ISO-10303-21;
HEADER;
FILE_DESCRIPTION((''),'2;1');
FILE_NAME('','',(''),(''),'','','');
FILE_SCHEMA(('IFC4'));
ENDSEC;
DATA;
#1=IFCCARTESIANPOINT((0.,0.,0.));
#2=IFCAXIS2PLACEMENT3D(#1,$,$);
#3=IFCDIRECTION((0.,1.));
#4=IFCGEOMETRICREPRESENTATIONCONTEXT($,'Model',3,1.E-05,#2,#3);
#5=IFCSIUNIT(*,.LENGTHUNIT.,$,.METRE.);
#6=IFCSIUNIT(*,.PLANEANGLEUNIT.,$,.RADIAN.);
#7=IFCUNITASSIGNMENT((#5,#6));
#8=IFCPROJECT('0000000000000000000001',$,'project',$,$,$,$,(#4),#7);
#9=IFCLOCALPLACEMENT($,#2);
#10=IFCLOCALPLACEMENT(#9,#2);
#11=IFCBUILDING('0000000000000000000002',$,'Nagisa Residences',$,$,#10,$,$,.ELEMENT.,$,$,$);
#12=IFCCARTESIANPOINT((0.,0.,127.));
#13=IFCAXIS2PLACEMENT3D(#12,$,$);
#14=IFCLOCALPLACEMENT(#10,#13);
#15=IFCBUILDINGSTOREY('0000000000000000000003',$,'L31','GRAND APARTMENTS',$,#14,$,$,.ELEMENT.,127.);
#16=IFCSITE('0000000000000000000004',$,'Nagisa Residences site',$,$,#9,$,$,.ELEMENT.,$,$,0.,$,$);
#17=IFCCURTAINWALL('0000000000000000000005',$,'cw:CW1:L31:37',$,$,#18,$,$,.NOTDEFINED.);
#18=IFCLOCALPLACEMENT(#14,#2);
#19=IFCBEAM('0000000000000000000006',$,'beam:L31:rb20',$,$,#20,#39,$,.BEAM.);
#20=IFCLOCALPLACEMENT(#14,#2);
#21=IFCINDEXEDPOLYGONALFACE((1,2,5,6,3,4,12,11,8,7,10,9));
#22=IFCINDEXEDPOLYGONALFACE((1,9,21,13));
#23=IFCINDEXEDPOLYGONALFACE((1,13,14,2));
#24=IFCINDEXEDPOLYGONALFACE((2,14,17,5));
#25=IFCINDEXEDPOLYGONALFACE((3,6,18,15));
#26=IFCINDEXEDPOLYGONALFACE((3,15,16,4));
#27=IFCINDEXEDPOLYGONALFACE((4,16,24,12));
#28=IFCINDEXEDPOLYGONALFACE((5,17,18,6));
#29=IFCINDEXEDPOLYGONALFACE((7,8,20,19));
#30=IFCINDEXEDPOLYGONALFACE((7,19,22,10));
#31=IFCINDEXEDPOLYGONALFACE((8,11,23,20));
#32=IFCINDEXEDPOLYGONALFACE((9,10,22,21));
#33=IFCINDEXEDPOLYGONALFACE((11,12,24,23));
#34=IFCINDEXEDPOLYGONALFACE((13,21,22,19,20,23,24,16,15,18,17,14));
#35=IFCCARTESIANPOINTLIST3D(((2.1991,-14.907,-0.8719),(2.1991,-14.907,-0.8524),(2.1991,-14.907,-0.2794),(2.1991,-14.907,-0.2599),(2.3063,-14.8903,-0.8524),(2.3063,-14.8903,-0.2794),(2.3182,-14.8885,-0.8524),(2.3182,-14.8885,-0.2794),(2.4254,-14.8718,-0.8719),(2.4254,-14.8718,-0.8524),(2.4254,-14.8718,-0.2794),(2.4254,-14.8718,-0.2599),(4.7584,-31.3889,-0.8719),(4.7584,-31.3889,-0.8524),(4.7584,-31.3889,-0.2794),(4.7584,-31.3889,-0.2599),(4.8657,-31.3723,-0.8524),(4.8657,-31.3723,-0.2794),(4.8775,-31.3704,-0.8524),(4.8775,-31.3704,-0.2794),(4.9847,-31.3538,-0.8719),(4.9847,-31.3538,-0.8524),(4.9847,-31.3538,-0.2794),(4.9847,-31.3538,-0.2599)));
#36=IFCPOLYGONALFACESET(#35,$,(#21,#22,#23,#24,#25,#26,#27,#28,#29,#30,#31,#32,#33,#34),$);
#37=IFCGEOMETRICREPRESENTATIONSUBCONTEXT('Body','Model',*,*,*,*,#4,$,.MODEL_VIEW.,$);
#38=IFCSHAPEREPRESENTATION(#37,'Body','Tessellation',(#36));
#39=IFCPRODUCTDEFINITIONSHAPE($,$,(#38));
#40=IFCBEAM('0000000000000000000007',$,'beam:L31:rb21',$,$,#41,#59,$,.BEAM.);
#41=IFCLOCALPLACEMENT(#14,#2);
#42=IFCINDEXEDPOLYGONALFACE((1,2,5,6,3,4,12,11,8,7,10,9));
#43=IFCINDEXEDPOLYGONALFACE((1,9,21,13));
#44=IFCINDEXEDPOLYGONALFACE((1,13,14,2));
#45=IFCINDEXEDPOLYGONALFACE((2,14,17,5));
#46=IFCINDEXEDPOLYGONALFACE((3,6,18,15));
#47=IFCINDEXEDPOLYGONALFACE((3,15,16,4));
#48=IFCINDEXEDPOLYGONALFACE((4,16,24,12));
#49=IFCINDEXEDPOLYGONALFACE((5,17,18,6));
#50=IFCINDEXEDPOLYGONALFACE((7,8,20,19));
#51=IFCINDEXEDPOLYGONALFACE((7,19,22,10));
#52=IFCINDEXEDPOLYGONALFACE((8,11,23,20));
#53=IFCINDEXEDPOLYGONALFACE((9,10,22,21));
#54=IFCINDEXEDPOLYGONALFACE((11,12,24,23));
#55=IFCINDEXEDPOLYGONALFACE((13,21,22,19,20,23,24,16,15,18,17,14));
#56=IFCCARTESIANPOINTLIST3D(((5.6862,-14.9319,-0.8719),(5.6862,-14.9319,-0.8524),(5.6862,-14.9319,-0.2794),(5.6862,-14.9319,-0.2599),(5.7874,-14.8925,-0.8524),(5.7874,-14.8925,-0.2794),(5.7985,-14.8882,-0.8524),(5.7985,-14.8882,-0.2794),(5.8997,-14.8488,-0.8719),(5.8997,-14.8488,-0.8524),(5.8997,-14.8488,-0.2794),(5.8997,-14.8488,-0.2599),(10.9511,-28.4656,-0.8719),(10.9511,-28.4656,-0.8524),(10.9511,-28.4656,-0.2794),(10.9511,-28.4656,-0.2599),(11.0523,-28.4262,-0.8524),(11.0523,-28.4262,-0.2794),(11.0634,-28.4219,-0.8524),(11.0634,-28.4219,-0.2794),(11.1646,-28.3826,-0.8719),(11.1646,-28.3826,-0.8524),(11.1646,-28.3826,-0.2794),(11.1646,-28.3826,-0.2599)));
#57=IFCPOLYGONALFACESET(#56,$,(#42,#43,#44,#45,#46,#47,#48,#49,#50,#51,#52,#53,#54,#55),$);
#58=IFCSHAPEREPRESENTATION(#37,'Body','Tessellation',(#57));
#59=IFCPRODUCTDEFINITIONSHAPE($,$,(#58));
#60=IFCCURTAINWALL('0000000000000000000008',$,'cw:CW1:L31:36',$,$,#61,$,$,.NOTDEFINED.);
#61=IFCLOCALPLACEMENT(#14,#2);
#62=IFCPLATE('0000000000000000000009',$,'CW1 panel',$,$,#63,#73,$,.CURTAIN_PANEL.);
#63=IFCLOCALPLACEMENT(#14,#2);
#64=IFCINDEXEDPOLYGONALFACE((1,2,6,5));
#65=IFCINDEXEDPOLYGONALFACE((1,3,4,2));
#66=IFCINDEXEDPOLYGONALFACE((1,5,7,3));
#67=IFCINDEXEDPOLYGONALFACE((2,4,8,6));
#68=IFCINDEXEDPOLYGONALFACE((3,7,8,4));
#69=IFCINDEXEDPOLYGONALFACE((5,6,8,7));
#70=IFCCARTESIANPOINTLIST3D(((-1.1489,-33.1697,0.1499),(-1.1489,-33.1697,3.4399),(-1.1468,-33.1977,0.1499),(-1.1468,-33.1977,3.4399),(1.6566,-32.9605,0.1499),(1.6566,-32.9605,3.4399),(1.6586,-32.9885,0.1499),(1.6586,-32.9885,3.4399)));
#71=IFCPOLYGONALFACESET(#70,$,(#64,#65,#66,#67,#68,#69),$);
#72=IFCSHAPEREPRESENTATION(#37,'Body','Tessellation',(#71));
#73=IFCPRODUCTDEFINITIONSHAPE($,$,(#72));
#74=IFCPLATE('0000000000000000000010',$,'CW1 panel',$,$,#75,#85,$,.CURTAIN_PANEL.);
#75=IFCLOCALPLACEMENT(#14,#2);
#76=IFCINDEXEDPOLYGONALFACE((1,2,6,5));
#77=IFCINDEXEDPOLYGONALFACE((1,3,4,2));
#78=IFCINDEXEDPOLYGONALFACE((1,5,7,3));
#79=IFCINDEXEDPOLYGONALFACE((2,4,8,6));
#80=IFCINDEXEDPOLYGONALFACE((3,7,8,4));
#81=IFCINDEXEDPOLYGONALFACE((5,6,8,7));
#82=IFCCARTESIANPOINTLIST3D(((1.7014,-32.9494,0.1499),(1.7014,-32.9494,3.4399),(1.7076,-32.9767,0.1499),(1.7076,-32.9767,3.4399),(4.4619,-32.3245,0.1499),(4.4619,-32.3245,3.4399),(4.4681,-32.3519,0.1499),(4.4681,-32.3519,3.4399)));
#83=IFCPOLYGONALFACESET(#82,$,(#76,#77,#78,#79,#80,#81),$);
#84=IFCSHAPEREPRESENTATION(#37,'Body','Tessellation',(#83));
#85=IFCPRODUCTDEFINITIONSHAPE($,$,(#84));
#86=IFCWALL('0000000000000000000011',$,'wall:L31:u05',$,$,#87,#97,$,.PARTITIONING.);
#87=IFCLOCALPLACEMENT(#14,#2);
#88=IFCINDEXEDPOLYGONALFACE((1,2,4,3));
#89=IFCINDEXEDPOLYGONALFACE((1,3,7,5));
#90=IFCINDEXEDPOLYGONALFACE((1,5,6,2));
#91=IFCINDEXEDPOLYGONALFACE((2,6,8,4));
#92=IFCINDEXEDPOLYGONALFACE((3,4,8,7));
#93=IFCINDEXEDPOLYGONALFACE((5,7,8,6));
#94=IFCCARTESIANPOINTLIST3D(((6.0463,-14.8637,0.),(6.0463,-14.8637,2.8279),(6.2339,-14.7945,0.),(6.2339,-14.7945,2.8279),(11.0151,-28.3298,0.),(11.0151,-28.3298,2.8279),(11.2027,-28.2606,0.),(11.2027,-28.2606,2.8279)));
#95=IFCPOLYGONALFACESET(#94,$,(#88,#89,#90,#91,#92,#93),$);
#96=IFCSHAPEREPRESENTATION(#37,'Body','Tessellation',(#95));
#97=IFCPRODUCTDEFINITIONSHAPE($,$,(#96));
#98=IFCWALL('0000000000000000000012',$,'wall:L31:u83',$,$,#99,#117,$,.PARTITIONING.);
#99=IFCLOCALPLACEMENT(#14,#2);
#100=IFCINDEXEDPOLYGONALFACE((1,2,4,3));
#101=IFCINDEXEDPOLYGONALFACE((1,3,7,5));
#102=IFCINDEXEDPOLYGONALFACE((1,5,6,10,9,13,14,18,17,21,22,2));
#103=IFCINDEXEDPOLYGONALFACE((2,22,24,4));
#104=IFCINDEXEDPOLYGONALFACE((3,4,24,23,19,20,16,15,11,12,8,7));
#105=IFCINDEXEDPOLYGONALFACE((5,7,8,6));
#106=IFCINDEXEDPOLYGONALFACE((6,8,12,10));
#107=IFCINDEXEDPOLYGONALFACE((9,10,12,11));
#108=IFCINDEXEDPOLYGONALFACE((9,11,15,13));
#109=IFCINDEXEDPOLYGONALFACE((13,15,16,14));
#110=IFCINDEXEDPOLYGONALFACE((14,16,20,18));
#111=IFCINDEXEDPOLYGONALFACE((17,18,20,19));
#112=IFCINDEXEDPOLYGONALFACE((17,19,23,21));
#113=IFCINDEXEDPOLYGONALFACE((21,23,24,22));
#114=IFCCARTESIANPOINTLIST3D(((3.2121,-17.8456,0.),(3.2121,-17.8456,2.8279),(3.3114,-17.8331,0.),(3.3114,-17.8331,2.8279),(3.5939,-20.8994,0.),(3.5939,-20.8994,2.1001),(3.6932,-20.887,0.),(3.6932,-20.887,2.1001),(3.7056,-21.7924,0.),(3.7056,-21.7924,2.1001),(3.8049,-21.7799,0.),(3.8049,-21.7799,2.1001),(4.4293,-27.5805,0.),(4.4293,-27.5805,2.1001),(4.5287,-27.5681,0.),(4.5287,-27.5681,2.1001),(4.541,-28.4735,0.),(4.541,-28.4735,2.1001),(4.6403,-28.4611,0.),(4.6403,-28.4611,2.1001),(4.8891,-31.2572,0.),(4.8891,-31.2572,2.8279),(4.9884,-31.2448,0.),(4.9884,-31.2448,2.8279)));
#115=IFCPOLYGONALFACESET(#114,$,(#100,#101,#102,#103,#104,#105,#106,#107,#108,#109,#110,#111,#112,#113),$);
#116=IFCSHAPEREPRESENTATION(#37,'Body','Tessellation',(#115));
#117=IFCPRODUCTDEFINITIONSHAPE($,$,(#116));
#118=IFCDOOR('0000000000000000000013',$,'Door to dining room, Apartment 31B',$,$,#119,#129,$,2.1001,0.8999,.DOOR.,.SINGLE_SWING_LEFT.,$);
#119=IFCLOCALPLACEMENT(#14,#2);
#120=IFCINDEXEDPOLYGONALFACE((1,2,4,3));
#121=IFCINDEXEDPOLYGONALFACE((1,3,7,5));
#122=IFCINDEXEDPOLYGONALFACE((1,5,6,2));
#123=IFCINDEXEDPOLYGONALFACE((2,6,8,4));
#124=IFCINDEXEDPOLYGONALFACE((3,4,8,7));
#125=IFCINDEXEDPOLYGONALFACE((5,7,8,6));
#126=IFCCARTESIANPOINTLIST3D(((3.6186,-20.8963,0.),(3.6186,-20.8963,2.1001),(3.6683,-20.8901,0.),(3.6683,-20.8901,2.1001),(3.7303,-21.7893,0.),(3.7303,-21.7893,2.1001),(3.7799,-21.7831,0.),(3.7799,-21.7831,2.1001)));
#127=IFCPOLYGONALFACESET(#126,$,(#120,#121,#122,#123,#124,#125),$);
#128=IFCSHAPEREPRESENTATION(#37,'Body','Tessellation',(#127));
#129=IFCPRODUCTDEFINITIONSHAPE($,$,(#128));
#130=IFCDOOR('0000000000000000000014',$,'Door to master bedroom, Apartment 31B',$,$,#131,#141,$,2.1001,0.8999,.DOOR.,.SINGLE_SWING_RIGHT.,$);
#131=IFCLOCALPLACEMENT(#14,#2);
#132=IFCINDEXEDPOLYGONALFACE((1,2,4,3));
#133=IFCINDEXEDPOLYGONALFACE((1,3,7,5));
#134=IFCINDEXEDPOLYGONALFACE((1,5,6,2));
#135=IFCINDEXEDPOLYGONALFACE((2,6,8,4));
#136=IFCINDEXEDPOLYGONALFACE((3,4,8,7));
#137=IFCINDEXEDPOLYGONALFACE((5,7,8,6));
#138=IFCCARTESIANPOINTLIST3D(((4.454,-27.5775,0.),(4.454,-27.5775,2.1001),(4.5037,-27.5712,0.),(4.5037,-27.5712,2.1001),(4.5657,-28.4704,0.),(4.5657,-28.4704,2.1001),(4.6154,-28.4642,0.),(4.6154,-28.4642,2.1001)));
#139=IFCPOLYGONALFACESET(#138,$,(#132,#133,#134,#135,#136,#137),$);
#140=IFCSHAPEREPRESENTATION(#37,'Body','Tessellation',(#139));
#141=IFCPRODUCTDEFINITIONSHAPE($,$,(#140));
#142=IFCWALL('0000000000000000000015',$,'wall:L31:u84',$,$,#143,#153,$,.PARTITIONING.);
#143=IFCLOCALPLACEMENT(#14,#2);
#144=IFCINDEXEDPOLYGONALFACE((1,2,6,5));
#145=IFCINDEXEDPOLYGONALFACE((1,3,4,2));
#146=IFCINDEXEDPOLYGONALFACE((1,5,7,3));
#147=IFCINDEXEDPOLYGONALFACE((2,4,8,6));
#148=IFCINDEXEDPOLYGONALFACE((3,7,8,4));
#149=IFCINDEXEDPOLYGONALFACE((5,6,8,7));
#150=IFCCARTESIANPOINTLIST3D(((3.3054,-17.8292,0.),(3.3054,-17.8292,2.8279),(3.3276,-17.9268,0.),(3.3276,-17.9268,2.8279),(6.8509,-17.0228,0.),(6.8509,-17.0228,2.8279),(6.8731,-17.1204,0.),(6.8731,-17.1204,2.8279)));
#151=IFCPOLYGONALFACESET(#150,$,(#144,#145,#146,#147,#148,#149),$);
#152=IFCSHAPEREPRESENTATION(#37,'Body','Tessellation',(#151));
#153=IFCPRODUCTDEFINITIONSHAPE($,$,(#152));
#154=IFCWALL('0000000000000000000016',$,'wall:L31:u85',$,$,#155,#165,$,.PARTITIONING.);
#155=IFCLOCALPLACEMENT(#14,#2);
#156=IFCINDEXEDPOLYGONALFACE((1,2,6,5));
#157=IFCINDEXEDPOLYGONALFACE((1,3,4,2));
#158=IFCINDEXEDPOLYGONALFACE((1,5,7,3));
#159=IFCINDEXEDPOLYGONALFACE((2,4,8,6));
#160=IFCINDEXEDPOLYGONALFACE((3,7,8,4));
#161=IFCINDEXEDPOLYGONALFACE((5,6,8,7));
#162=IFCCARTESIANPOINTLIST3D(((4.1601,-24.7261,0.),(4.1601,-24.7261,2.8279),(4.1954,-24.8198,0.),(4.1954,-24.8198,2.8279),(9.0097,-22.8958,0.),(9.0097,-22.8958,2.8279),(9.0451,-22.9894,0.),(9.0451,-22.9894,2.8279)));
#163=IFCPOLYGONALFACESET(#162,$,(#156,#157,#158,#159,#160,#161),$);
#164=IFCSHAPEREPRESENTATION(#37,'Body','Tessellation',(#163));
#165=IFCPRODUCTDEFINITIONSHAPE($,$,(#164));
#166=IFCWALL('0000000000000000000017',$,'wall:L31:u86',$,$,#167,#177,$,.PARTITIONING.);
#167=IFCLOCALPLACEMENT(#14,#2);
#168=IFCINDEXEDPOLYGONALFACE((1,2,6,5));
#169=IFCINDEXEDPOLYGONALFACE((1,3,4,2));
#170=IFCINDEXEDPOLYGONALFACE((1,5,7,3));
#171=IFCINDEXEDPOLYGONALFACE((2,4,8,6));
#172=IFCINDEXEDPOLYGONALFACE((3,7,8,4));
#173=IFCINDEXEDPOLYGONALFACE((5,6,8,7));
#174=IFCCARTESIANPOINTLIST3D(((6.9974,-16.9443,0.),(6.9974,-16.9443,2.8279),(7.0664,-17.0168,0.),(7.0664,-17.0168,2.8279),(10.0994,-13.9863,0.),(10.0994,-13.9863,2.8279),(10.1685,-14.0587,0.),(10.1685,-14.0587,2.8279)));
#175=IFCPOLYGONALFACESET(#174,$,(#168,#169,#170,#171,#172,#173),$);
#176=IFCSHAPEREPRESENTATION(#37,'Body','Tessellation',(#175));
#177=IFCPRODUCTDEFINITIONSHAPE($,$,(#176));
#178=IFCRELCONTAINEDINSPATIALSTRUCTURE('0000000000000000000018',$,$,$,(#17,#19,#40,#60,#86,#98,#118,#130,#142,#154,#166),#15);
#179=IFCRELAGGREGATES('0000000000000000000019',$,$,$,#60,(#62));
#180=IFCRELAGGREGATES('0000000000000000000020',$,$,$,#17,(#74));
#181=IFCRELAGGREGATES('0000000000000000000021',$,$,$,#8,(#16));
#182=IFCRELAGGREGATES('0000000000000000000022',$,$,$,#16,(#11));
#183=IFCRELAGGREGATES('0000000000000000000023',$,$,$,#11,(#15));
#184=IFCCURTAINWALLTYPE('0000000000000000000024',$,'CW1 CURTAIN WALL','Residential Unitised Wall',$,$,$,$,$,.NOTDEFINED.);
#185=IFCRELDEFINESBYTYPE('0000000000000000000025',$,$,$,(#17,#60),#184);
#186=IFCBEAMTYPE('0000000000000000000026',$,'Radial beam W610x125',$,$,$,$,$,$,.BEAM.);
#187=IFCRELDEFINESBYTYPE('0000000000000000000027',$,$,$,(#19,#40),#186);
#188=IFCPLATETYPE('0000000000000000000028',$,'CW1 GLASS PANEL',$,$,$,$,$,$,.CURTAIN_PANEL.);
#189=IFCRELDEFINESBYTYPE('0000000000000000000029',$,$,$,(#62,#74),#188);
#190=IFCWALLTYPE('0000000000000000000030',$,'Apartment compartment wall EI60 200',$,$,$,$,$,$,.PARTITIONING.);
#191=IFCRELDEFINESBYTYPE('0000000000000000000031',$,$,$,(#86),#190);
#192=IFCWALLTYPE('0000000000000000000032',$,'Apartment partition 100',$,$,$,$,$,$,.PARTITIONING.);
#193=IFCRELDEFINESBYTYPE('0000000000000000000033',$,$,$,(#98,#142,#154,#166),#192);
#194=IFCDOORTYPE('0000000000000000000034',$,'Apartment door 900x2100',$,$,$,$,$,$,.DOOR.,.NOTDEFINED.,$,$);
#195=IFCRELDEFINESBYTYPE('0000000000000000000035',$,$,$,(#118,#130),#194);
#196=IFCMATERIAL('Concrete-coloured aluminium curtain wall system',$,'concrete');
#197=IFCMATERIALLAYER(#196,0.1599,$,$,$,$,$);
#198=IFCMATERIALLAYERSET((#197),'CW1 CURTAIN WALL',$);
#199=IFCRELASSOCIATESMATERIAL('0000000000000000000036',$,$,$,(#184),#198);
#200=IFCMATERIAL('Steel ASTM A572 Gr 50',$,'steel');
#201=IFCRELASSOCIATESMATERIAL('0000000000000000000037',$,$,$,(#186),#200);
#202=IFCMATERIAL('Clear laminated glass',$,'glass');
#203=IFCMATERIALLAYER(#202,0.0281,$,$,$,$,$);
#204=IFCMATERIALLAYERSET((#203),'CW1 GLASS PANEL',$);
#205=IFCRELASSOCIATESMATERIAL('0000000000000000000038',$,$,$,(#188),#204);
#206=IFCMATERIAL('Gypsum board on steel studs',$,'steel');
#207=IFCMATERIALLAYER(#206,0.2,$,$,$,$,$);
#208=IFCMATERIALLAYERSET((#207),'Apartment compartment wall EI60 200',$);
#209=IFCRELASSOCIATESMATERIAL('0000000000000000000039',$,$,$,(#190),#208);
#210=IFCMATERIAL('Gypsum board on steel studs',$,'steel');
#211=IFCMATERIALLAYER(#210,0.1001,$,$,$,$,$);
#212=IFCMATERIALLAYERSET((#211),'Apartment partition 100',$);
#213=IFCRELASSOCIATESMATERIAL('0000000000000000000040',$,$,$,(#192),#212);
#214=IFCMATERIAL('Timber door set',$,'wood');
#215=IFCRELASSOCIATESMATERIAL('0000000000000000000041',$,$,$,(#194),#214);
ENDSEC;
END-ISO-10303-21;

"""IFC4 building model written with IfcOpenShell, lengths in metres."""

from ifc_helpers import new_model, si_unit, direction, frame, frame_2d, origin, origin_2d, place, context, subcontext, project, spatial, rectangle, i_section, extrude, material, layer, layer_set, material_profile, profile_set, type_object, element, fill, aggregate, save


model = new_model("IFC4")

# Units and contexts
model_context = context("Model", 3, precision=1e-05, world=origin(), true_north=direction((0.0, 1.0)))
body_context = subcontext(model_context, "Body", "Model", "MODEL_VIEW")
ifc_project = project(units=[si_unit("LENGTHUNIT", "METRE"), si_unit("PLANEANGLEUNIT", "RADIAN")], contexts=[model_context])

# Site, building, storey
site_placement = place(None, origin())
site = spatial("IfcSite", under=ifc_project, at=site_placement, Name="Nagisa Residences site", CompositionType="ELEMENT", RefElevation=0.0)
building_placement = place(site_placement, origin())
building = spatial("IfcBuilding", under=site, at=building_placement, Name="Nagisa Residences", CompositionType="ELEMENT")
storey_placement = place(building_placement, frame((0.0, 0.0, 127.0)))
storey = spatial("IfcBuildingStorey", under=building, at=storey_placement, Name="L31", Description="GRAND APARTMENTS", CompositionType="ELEMENT", Elevation=127.0)

# Curtain wall
ifc_material_1 = material(Name="Concrete-coloured aluminium curtain wall system", Category="concrete")
ifc_layer_1 = layer(ifc_material_1, 0.1599)
ifc_layer_set_1 = layer_set([ifc_layer_1], Name="CW1 CURTAIN WALL")
curtain_wall_type = type_object("IfcCurtainWallType", Name="CW1 CURTAIN WALL", Description="Residential Unitised Wall", PredefinedType="NOTDEFINED", material=ifc_layer_set_1)
curtain_wall_1_placement = place(storey_placement, origin())
curtain_wall_1 = element("IfcCurtainWall", 1, at=curtain_wall_1_placement, inside=storey, type_object=curtain_wall_type, Name="cw:CW1:L31:37", PredefinedType="NOTDEFINED")

# Beams
ifc_material_2 = material(Name="Steel ASTM A572 Gr 50", Category="steel")
ifc_material_profile_1 = material_profile(ifc_material_2, i_section(OverallWidth=0.229, OverallDepth=0.6121, WebThickness=0.012, FlangeThickness=0.0195, at=origin_2d()), Name="W610x125")
ifc_profile_set_1 = profile_set([ifc_material_profile_1], Name="Steel ASTM A572 Gr 50")
beam_type_1 = type_object("IfcBeamType", Name="Radial beam W610x125", PredefinedType="BEAM", material=ifc_profile_set_1)
beam_1_placement = place(storey_placement, frame((4.8716, -31.3713, -0.5659), z_axis=(-0.153442, 0.988158, 0.0), x_axis=(-0.988158, -0.153442, 0.0)))
element("IfcBeam", 2, at=beam_1_placement, inside=storey, type_object=beam_type_1, Name="beam:L31:rb20", PredefinedType="BEAM", context=body_context, shape_type="SweptSolid", body=[
    extrude(i_section(OverallWidth=0.229, OverallDepth=0.6121, WebThickness=0.012, FlangeThickness=0.0195, at=origin_2d()), origin(), (0.0, 0.0, 1.0), 16.6794),
])
beam_2_placement = place(storey_placement, frame((11.0579, -28.4241, -0.5659), z_axis=(-0.362553, 0.931963, 0.0), x_axis=(-0.931963, -0.362553, 0.0)))
element("IfcBeam", 3, at=beam_2_placement, inside=storey, type_object=beam_type_1, Name="beam:L31:rb21", PredefinedType="BEAM", context=body_context, shape_type="SweptSolid", body=[
    extrude(i_section(OverallWidth=0.229, OverallDepth=0.6121, WebThickness=0.012, FlangeThickness=0.0195, at=origin_2d()), origin(), (0.0, 0.0, 1.0), 14.5217),
])

# Curtain wall, plate
curtain_wall_2_placement = place(storey_placement, origin())
curtain_wall_2 = element("IfcCurtainWall", 4, at=curtain_wall_2_placement, inside=storey, type_object=curtain_wall_type, Name="cw:CW1:L31:36", PredefinedType="NOTDEFINED")
ifc_material_3 = material(Name="Clear laminated glass", Category="glass")
ifc_layer_2 = layer(ifc_material_3, 0.0281)
ifc_layer_set_2 = layer_set([ifc_layer_2], Name="CW1 GLASS PANEL")
plate_type = type_object("IfcPlateType", Name="CW1 GLASS PANEL", PredefinedType="CURTAIN_PANEL", material=ifc_layer_set_2)
plate_1_placement = place(storey_placement, frame((0.2549, -33.0791, 0.1499), z_axis=(0.0, 0.0, 1.0), x_axis=(0.99723, 0.074377, 0.0)))
plate_1 = element("IfcPlate", 5, at=plate_1_placement, type_object=plate_type, Name="CW1 panel", PredefinedType="CURTAIN_PANEL", context=body_context, shape_type="SweptSolid", body=[
    extrude(rectangle(XDim=2.8132, YDim=0.0281, at=origin_2d()), origin(), (0.0, 0.0, 1.0), 3.29),
])
aggregate(curtain_wall_2, [plate_1])

# Plate
plate_2_placement = place(storey_placement, frame((3.0847, -32.6506, 0.1499), z_axis=(0.0, 0.0, 1.0), x_axis=(0.975327, 0.220764, 0.0)))
plate_2 = element("IfcPlate", 6, at=plate_2_placement, type_object=plate_type, Name="CW1 panel", PredefinedType="CURTAIN_PANEL", context=body_context, shape_type="SweptSolid", body=[
    extrude(rectangle(XDim=2.8303, YDim=0.0281, at=origin_2d()), origin(), (0.0, 0.0, 1.0), 3.29),
])
aggregate(curtain_wall_1, [plate_2])

# Wall
ifc_material_4 = material(Name="Gypsum board on steel studs", Category="steel")
ifc_layer_3 = layer(ifc_material_4, 0.2)
ifc_layer_set_3 = layer_set([ifc_layer_3], Name="Apartment compartment wall EI60 200")
wall_type_1 = type_object("IfcWallType", Name="Apartment compartment wall EI60 200", PredefinedType="PARTITIONING", material=ifc_layer_set_3)
wall_1_placement = place(storey_placement, frame((6.1401, -14.8291, 0.0), z_axis=(0.0, 0.0, 1.0), x_axis=(0.34617, -0.938172, 0.0)))
element("IfcWall", 7, at=wall_1_placement, inside=storey, type_object=wall_type_1, Name="wall:L31:u05", PredefinedType="PARTITIONING", context=body_context, shape_type="SweptSolid", body=[
    extrude(rectangle(XDim=14.3535, YDim=0.2, at=frame_2d((7.1768, 0.0))), origin(), (0.0, 0.0, 1.0), 2.8279),
])

# Wall, openings, doors
ifc_material_5 = material(Name="Gypsum board on steel studs", Category="steel")
ifc_layer_4 = layer(ifc_material_5, 0.1001)
ifc_layer_set_4 = layer_set([ifc_layer_4], Name="Apartment partition 100")
wall_type_2 = type_object("IfcWallType", Name="Apartment partition 100", PredefinedType="PARTITIONING", material=ifc_layer_set_4)
wall_2_placement = place(storey_placement, frame((3.2617, -17.8394, 0.0), z_axis=(0.0, 0.0, 1.0), x_axis=(0.124075, -0.992273, 0.0)))
wall_2 = element("IfcWall", 8, at=wall_2_placement, inside=storey, type_object=wall_type_2, Name="wall:L31:u83", PredefinedType="PARTITIONING", context=body_context, shape_type="SweptSolid", body=[
    extrude(rectangle(XDim=13.5161, YDim=0.1001, at=frame_2d((6.7581, 0.0))), origin(), (0.0, 0.0, 1.0), 2.8279),
])
opening_1_placement = place(wall_2_placement, frame((3.0776, 0.0, 0.0)))
opening_1 = element("IfcOpeningElement", 9, at=opening_1_placement, cuts=wall_2, PredefinedType="OPENING", context=body_context, shape_type="SweptSolid", body=[
    extrude(rectangle(XDim=0.8999, YDim=2.1001, at=frame_2d((0.45, 1.05))), frame((0.0, 0.0601, 0.0), z_axis=(0.0, -1.0, 0.0), x_axis=(1.0, 0.0, 0.0)), (0.0, 0.0, 1.0), 0.1201),
])
opening_2_placement = place(wall_2_placement, frame((9.8108, 0.0, 0.0)))
opening_2 = element("IfcOpeningElement", 10, at=opening_2_placement, cuts=wall_2, PredefinedType="OPENING", context=body_context, shape_type="SweptSolid", body=[
    extrude(rectangle(XDim=0.8999, YDim=2.1001, at=frame_2d((0.45, 1.05))), frame((0.0, 0.0601, 0.0), z_axis=(0.0, -1.0, 0.0), x_axis=(1.0, 0.0, 0.0)), (0.0, 0.0, 1.0), 0.1201),
])
ifc_material_6 = material(Name="Timber door set", Category="wood")
door_type_1 = type_object("IfcDoorType", Name="Apartment door 900x2100", OperationType="NOTDEFINED", PredefinedType="DOOR", material=ifc_material_6)
door_1_placement = place(opening_1_placement, origin())
door_1 = element("IfcDoor", 11, at=door_1_placement, inside=storey, type_object=door_type_1, Name="Door to dining room, Apartment 31B", OperationType="SINGLE_SWING_LEFT", OverallHeight=2.1001, OverallWidth=0.8999, PredefinedType="DOOR", context=body_context, shape_type="SweptSolid", body=[
    extrude(rectangle(XDim=0.8999, YDim=2.1001, at=frame_2d((0.45, 1.05))), frame((0.0, 0.0249, 0.0), z_axis=(0.0, -1.0, 0.0), x_axis=(1.0, 0.0, 0.0)), (0.0, 0.0, 1.0), 0.05),
])
fill(opening_1, door_1)
door_2_placement = place(opening_2_placement, origin())
door_2 = element("IfcDoor", 12, at=door_2_placement, inside=storey, type_object=door_type_1, Name="Door to master bedroom, Apartment 31B", OperationType="SINGLE_SWING_RIGHT", OverallHeight=2.1001, OverallWidth=0.8999, PredefinedType="DOOR", context=body_context, shape_type="SweptSolid", body=[
    extrude(rectangle(XDim=0.8999, YDim=2.1001, at=frame_2d((0.45, 1.05))), frame((0.0, 0.0249, 0.0), z_axis=(0.0, -1.0, 0.0), x_axis=(1.0, 0.0, 0.0)), (0.0, 0.0, 1.0), 0.05),
])
fill(opening_2, door_2)

# Walls
wall_3_placement = place(storey_placement, frame((3.3167, -17.8779, 0.0), z_axis=(0.0, 0.0, 1.0), x_axis=(0.975096, 0.221784, 0.0)))
element("IfcWall", 13, at=wall_3_placement, inside=storey, type_object=wall_type_2, Name="wall:L31:u84", PredefinedType="PARTITIONING", context=body_context, shape_type="SweptSolid", body=[
    extrude(rectangle(XDim=3.636, YDim=0.1001, at=frame_2d((1.8179, 0.0))), origin(), (0.0, 0.0, 1.0), 2.8279),
])
wall_4_placement = place(storey_placement, frame((4.1777, -24.7729, 0.0), z_axis=(0.0, 0.0, 1.0), x_axis=(0.935584, 0.353105, 0.0)))
element("IfcWall", 14, at=wall_4_placement, inside=storey, type_object=wall_type_2, Name="wall:L31:u85", PredefinedType="PARTITIONING", context=body_context, shape_type="SweptSolid", body=[
    extrude(rectangle(XDim=5.1836, YDim=0.1001, at=frame_2d((2.5918, 0.0))), origin(), (0.0, 0.0, 1.0), 2.8279),
])
wall_5_placement = place(storey_placement, frame((7.032, -16.9805, 0.0), z_axis=(0.0, 0.0, 1.0), x_axis=(0.72371, 0.690104, 0.0)))
element("IfcWall", 15, at=wall_5_placement, inside=storey, type_object=wall_type_2, Name="wall:L31:u86", PredefinedType="PARTITIONING", context=body_context, shape_type="SweptSolid", body=[
    extrude(rectangle(XDim=4.2864, YDim=0.1001, at=frame_2d((2.1431, 0.0))), origin(), (0.0, 0.0, 1.0), 2.8279),
])

save(model, "model.ifc")
